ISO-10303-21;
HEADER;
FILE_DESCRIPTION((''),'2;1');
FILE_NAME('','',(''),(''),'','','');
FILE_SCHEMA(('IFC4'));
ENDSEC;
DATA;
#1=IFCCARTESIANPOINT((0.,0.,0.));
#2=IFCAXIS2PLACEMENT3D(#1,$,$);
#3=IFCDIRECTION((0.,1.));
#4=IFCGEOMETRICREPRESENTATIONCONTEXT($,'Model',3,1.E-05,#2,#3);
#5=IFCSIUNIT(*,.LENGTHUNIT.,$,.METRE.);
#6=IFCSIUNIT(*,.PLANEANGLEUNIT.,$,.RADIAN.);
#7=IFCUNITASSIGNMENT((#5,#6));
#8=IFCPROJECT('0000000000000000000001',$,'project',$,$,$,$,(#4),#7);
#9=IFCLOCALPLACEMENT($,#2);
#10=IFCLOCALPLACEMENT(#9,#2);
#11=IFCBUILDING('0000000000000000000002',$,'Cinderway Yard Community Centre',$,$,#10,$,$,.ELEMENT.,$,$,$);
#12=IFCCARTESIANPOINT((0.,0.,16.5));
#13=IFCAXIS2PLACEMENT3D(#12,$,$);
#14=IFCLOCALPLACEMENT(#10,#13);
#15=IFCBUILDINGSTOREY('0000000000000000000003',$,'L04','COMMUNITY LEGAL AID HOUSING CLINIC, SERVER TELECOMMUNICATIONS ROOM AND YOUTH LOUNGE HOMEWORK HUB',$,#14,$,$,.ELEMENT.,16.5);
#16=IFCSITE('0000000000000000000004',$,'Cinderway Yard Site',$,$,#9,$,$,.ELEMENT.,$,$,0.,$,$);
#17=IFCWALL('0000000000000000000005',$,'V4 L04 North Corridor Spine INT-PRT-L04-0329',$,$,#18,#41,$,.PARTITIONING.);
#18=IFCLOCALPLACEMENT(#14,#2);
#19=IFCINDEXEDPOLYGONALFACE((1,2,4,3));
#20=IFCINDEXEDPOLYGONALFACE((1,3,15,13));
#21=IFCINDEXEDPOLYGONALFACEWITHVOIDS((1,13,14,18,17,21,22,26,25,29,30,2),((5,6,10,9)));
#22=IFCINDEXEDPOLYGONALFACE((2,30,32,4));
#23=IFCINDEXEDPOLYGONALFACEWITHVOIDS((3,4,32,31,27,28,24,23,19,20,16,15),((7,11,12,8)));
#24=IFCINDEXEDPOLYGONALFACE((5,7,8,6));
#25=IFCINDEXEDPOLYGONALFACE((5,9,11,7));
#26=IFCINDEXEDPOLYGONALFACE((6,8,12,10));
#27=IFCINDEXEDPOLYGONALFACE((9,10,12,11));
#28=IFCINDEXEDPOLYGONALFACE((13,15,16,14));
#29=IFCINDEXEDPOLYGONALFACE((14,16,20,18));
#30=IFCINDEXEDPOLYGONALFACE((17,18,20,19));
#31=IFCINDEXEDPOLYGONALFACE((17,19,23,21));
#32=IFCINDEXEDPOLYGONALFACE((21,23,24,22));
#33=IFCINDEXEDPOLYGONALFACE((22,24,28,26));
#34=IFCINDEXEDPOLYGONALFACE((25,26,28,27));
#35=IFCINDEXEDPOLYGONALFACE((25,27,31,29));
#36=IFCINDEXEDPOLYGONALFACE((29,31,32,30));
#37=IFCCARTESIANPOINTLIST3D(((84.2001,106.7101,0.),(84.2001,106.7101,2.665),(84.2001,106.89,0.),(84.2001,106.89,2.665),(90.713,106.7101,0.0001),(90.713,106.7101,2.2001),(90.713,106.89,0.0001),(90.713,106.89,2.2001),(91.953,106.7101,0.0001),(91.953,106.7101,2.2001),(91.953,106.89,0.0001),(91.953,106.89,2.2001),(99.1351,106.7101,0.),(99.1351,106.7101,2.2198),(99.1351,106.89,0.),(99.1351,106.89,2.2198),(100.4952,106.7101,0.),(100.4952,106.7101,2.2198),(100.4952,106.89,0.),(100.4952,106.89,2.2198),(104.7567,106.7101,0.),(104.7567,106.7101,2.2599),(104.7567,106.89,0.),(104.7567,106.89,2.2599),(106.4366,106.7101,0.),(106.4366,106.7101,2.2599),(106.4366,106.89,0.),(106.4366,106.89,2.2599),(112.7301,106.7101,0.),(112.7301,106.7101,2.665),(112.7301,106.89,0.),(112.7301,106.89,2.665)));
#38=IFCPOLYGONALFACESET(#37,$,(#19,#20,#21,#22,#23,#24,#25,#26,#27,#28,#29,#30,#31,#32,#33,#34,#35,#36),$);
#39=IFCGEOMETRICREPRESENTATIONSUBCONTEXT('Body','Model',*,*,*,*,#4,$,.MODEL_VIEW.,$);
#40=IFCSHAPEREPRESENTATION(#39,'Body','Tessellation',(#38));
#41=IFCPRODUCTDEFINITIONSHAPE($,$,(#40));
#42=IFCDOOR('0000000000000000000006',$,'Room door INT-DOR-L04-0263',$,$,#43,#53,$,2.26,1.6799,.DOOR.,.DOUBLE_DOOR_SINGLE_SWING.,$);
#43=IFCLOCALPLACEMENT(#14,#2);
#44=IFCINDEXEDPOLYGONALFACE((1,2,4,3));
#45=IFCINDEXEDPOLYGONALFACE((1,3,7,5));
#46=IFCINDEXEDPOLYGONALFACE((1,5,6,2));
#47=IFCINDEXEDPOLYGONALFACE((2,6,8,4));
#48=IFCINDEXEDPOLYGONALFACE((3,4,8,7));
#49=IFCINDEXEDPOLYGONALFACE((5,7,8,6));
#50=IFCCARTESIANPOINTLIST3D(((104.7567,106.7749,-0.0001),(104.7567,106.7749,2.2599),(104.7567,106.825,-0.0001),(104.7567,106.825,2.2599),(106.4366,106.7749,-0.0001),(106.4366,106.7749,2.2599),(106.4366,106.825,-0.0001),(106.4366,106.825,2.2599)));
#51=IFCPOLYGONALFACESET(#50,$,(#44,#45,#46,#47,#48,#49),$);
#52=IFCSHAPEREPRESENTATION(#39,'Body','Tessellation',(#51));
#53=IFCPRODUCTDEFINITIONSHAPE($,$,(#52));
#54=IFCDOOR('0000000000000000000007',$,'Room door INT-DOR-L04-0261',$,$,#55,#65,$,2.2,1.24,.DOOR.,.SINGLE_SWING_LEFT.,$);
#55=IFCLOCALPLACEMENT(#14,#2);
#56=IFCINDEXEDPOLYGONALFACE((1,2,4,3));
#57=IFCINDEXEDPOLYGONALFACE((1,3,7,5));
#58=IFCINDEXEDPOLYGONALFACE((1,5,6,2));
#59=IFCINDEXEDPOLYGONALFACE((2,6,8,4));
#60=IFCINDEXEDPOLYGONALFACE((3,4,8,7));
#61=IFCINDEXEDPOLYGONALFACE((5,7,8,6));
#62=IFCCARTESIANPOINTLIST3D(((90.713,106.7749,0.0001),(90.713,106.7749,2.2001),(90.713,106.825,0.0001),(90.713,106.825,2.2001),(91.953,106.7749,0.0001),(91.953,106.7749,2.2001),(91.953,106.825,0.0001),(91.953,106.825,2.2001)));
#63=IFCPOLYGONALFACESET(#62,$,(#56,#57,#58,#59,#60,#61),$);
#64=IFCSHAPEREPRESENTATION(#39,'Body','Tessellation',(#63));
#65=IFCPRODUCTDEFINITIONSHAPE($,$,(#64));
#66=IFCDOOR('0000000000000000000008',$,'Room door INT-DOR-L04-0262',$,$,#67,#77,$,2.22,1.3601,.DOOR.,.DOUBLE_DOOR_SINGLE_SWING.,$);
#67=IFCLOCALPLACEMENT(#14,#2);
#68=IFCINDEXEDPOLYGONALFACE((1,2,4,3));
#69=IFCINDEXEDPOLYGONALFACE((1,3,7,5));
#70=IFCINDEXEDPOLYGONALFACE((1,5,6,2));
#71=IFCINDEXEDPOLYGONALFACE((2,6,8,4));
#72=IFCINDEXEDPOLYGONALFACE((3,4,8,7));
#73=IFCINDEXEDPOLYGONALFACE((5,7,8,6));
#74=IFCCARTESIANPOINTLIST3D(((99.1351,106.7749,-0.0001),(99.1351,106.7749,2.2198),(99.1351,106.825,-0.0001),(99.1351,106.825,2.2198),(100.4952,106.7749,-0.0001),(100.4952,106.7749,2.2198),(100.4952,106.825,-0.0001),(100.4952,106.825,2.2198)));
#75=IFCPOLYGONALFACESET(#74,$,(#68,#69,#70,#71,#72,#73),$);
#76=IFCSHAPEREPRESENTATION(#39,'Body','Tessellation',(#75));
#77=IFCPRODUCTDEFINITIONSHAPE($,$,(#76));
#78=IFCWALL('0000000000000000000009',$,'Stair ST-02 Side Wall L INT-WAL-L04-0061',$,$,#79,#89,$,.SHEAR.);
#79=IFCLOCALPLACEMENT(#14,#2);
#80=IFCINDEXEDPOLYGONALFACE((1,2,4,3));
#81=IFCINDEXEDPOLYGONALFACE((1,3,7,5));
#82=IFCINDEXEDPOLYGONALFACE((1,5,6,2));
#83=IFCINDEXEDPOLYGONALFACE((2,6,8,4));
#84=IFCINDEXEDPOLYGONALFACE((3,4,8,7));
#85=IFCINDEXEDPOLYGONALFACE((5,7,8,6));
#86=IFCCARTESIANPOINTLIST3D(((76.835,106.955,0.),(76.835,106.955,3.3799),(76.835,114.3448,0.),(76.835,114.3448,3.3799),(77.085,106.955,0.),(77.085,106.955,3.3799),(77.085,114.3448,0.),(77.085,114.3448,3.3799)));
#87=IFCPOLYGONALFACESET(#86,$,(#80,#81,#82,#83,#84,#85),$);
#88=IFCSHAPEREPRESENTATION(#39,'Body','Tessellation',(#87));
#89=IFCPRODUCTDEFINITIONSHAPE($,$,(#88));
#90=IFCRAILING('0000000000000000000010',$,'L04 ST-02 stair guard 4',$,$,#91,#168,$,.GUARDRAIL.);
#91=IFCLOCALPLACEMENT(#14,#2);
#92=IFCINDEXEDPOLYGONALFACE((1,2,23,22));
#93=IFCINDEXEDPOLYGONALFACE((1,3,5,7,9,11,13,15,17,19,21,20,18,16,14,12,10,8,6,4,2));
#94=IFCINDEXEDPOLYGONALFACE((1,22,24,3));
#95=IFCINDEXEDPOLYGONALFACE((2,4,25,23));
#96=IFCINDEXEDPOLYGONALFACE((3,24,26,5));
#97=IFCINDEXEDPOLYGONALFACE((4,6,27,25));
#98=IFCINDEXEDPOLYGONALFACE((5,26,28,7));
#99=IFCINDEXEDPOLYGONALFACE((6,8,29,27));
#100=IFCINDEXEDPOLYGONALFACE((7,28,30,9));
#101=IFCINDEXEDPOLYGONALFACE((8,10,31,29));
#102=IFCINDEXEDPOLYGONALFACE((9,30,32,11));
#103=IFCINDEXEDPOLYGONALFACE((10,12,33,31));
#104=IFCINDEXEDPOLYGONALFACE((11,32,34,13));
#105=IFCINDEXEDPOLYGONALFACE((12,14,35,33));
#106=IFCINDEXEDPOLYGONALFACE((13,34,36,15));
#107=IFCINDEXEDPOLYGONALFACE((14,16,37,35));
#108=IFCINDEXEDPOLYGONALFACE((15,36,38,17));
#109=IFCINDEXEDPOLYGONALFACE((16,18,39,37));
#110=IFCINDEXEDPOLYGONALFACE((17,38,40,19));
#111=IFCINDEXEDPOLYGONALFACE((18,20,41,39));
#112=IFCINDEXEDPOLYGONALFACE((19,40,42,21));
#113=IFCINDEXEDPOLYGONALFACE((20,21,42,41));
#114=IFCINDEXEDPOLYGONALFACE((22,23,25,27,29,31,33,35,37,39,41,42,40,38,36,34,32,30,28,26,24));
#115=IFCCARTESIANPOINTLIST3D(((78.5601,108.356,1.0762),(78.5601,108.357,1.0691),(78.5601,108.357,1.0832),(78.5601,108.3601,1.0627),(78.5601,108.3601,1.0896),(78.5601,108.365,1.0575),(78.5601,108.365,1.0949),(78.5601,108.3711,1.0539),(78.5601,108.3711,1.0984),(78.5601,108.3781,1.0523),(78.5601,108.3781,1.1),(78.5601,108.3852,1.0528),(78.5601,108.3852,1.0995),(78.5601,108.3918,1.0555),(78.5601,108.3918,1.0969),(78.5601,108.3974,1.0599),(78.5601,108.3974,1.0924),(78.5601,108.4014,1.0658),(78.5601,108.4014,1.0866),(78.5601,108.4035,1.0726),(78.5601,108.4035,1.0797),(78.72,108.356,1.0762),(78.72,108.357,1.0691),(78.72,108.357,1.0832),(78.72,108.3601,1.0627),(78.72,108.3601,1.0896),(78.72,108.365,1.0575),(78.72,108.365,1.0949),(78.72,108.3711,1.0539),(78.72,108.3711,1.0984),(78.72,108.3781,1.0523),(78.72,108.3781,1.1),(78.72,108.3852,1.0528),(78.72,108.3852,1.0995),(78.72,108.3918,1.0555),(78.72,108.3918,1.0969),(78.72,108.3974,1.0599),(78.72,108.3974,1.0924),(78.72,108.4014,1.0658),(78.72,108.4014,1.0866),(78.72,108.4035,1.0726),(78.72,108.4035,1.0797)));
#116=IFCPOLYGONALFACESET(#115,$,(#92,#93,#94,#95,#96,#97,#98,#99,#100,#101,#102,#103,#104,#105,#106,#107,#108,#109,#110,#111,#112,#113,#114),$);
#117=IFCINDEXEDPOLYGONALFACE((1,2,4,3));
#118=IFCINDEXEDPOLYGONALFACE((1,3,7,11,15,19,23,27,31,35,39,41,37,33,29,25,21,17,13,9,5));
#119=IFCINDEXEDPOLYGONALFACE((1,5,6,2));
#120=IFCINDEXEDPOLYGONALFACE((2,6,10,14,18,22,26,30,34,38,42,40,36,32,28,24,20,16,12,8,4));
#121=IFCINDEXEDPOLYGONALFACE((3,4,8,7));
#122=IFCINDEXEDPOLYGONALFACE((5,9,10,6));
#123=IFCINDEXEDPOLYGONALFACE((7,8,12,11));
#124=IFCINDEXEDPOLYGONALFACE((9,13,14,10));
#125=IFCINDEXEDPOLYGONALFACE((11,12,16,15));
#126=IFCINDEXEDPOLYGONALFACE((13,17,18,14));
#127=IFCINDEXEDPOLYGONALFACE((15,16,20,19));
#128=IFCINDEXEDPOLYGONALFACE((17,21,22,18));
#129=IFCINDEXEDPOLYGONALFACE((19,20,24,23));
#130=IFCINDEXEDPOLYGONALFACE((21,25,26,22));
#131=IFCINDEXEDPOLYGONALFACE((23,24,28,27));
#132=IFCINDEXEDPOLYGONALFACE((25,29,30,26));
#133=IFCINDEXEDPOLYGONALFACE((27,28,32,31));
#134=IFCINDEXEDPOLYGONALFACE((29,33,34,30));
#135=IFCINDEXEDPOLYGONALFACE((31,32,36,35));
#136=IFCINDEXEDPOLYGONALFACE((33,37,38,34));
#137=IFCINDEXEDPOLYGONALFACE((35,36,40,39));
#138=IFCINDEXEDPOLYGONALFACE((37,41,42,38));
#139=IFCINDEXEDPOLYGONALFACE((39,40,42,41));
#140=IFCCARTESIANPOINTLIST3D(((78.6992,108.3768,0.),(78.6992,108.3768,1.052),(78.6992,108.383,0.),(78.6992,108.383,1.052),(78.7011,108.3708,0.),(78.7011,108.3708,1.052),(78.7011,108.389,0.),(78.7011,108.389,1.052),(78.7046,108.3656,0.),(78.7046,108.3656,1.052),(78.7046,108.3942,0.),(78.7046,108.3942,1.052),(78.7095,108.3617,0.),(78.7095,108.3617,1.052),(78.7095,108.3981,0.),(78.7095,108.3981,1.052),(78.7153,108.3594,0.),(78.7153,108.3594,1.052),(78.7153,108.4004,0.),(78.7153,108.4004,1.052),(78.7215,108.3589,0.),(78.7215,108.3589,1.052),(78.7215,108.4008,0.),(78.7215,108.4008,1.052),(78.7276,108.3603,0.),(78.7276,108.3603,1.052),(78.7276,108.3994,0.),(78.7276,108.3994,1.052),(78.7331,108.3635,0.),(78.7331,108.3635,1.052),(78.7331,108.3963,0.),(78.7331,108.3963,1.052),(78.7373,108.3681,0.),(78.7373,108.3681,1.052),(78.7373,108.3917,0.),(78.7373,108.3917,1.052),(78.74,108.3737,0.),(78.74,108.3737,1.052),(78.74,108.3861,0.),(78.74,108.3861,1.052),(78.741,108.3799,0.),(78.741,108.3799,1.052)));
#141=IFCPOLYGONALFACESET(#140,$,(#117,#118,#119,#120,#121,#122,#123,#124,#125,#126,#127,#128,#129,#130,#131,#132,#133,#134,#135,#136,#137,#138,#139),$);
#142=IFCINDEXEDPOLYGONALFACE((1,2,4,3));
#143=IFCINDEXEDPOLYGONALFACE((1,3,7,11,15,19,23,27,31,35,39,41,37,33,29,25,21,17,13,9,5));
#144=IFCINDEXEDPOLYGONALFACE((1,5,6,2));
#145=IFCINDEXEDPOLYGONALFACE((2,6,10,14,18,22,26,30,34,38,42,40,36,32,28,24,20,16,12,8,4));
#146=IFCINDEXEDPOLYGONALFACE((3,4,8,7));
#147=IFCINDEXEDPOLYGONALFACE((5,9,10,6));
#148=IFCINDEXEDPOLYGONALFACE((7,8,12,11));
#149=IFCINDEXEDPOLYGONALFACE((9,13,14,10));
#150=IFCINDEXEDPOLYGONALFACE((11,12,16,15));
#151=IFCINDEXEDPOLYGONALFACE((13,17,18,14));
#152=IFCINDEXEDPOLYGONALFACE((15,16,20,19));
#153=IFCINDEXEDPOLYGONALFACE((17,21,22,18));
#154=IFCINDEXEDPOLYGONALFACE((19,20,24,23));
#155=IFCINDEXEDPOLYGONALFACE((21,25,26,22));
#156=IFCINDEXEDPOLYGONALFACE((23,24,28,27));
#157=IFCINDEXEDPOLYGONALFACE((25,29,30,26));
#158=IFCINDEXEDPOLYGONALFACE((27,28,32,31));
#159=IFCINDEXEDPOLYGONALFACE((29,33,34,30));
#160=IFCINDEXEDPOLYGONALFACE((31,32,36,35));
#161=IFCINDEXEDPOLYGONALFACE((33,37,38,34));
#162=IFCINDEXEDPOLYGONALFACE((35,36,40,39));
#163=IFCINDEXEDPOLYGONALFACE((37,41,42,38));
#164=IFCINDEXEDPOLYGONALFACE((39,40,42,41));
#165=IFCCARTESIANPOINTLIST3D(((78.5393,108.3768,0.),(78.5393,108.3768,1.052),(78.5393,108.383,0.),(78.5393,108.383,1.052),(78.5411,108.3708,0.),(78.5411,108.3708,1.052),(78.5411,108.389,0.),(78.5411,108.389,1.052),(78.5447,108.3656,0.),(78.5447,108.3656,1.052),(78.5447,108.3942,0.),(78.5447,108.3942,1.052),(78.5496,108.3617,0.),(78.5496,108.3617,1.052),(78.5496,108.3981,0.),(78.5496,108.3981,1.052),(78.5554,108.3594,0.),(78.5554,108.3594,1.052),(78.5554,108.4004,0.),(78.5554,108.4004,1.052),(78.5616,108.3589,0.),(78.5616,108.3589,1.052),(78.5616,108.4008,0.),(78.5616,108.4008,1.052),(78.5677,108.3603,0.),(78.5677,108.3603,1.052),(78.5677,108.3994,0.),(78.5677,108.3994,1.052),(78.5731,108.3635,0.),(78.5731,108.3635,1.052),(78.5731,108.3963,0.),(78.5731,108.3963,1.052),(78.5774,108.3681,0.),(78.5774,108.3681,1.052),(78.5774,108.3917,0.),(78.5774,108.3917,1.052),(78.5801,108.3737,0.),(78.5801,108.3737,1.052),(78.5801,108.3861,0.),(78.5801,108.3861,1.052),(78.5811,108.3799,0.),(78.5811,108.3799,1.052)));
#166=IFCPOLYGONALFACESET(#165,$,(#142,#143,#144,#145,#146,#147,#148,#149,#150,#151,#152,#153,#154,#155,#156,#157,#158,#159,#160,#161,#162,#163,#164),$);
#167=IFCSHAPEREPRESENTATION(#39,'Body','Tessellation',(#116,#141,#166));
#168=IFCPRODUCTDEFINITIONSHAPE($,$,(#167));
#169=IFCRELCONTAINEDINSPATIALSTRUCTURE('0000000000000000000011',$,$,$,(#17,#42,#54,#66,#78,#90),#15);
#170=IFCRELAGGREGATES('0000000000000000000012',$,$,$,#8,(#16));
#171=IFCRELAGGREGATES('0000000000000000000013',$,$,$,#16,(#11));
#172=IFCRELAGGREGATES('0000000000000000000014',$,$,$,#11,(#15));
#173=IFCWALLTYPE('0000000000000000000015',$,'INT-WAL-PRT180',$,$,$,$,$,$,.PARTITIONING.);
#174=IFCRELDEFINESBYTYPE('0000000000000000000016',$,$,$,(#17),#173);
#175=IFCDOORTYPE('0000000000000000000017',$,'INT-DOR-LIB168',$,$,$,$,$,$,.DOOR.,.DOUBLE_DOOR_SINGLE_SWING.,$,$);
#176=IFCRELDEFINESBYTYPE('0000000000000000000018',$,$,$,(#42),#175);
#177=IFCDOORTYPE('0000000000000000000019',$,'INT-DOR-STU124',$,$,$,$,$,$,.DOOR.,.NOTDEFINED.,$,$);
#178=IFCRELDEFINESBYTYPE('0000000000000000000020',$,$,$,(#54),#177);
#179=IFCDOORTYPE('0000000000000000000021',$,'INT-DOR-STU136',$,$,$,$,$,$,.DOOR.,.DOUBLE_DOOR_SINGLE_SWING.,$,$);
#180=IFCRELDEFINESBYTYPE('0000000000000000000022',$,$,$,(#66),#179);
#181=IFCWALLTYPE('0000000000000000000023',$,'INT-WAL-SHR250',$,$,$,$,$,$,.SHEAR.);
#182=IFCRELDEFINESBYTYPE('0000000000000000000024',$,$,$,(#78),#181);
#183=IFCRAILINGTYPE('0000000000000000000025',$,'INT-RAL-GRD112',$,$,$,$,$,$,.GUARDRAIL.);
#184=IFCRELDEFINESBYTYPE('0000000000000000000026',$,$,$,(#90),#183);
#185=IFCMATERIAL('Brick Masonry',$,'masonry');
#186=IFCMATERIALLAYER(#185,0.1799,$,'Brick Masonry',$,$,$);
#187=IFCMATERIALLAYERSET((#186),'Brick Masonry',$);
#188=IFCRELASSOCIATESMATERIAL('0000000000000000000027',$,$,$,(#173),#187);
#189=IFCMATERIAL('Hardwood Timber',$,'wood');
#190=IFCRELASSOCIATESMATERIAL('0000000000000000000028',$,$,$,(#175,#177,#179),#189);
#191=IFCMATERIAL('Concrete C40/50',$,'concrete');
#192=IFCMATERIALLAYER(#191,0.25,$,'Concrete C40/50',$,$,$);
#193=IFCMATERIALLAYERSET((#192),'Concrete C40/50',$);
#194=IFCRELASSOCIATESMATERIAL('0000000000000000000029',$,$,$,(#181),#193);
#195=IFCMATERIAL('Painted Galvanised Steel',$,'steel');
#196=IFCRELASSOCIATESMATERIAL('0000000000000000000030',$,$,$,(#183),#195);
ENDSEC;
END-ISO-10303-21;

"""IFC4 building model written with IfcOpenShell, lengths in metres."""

from ifc_helpers import new_model, si_unit, direction, frame, frame_2d, origin, origin_2d, place, context, subcontext, project, spatial, rectangle, circle, extrude, material, layer, layer_set, type_object, element, fill, save


model = new_model("IFC4")

# Units and contexts
model_context = context("Model", 3, precision=1e-05, world=origin(), true_north=direction((0.0, 1.0)))
body_context = subcontext(model_context, "Body", "Model", "MODEL_VIEW")
ifc_project = project(units=[si_unit("LENGTHUNIT", "METRE"), si_unit("PLANEANGLEUNIT", "RADIAN")], contexts=[model_context])

# Site, building, storey
site_placement = place(None, origin())
site = spatial("IfcSite", under=ifc_project, at=site_placement, Name="Cinderway Yard Site", CompositionType="ELEMENT", RefElevation=0.0)
building_placement = place(site_placement, origin())
building = spatial("IfcBuilding", under=site, at=building_placement, Name="Cinderway Yard Community Centre", CompositionType="ELEMENT")
storey_placement = place(building_placement, frame((0.0, 0.0, 16.5)))
storey = spatial("IfcBuildingStorey", under=building, at=storey_placement, Name="L04", Description="COMMUNITY LEGAL AID HOUSING CLINIC, SERVER TELECOMMUNICATIONS ROOM AND YOUTH LOUNGE HOMEWORK HUB", CompositionType="ELEMENT", Elevation=16.5)

# Shared definitions
ifc_material_1 = material(Name="Concrete C40/50", Category="concrete")

# Shared definitions
ifc_material_2 = material(Name="Hardwood Timber", Category="wood")

# Wall, openings, doors
ifc_material_3 = material(Name="Brick Masonry", Category="masonry")
ifc_layer_1 = layer(ifc_material_3, 0.1799, Name="Brick Masonry")
ifc_layer_set_1 = layer_set([ifc_layer_1], Name="Brick Masonry")
wall_type_1 = type_object("IfcWallType", Name="INT-WAL-PRT180", PredefinedType="PARTITIONING", material=ifc_layer_set_1)
wall_1_placement = place(storey_placement, frame((84.2, 106.8, 0.0), z_axis=(0.0, 0.0, 1.0), x_axis=(1.0, 0.0, 0.0)))
wall_1 = element("IfcWall", 1, at=wall_1_placement, inside=storey, type_object=wall_type_1, Name="V4 L04 North Corridor Spine INT-PRT-L04-0329", PredefinedType="PARTITIONING", context=body_context, shape_type="SweptSolid", body=[
    extrude(rectangle(XDim=28.53, YDim=0.1799, at=frame_2d((14.2651, 0.0))), origin(), (0.0, 0.0, 1.0), 2.665),
])
opening_1_placement = place(wall_1_placement, frame((6.5129, 0.0, 0.0)))
opening_1 = element("IfcOpeningElement", 2, at=opening_1_placement, cuts=wall_1, PredefinedType="OPENING", context=body_context, shape_type="SweptSolid", body=[
    extrude(rectangle(XDim=1.24, YDim=2.2, at=frame_2d((0.6201, 1.1001))), frame((0.0, 0.0999, 0.0), z_axis=(0.0, -1.0, 0.0), x_axis=(1.0, 0.0, 0.0)), (0.0, 0.0, 1.0), 0.2),
])
opening_2_placement = place(wall_1_placement, frame((14.9351, 0.0, 0.0)))
opening_2 = element("IfcOpeningElement", 3, at=opening_2_placement, cuts=wall_1, PredefinedType="OPENING", context=body_context, shape_type="SweptSolid", body=[
    extrude(rectangle(XDim=1.3601, YDim=2.22, at=frame_2d((0.6802, 1.1099))), frame((0.0, 0.0999, 0.0), z_axis=(0.0, -1.0, 0.0), x_axis=(1.0, 0.0, 0.0)), (0.0, 0.0, 1.0), 0.2),
])
opening_3_placement = place(wall_1_placement, frame((20.5569, 0.0, 0.0)))
opening_3 = element("IfcOpeningElement", 4, at=opening_3_placement, cuts=wall_1, PredefinedType="OPENING", context=body_context, shape_type="SweptSolid", body=[
    extrude(rectangle(XDim=1.6799, YDim=2.26, at=frame_2d((0.8398, 1.1299))), frame((0.0, 0.0999, 0.0), z_axis=(0.0, -1.0, 0.0), x_axis=(1.0, 0.0, 0.0)), (0.0, 0.0, 1.0), 0.2),
])
door_type_1 = type_object("IfcDoorType", Name="INT-DOR-LIB168", OperationType="DOUBLE_DOOR_SINGLE_SWING", PredefinedType="DOOR", material=ifc_material_2)
door_1_placement = place(opening_3_placement, origin())
door_1 = element("IfcDoor", 5, at=door_1_placement, inside=storey, type_object=door_type_1, Name="Room door INT-DOR-L04-0263", OperationType="DOUBLE_DOOR_SINGLE_SWING", OverallHeight=2.26, OverallWidth=1.6799, PredefinedType="DOOR", context=body_context, shape_type="SweptSolid", body=[
    extrude(rectangle(XDim=1.6799, YDim=2.26, at=frame_2d((0.8398, 1.1299))), frame((0.0, 0.0249, 0.0), z_axis=(0.0, -1.0, 0.0), x_axis=(1.0, 0.0, 0.0)), (0.0, 0.0, 1.0), 0.05),
])
fill(opening_3, door_1)
door_type_2 = type_object("IfcDoorType", Name="INT-DOR-STU124", OperationType="NOTDEFINED", PredefinedType="DOOR", material=ifc_material_2)
door_2_placement = place(opening_1_placement, origin())
door_2 = element("IfcDoor", 6, at=door_2_placement, inside=storey, type_object=door_type_2, Name="Room door INT-DOR-L04-0261", OperationType="SINGLE_SWING_LEFT", OverallHeight=2.2, OverallWidth=1.24, PredefinedType="DOOR", context=body_context, shape_type="SweptSolid", body=[
    extrude(rectangle(XDim=1.24, YDim=2.2, at=frame_2d((0.6201, 1.1001))), frame((0.0, 0.0249, 0.0), z_axis=(0.0, -1.0, 0.0), x_axis=(1.0, 0.0, 0.0)), (0.0, 0.0, 1.0), 0.05),
])
fill(opening_1, door_2)
door_type_3 = type_object("IfcDoorType", Name="INT-DOR-STU136", OperationType="DOUBLE_DOOR_SINGLE_SWING", PredefinedType="DOOR", material=ifc_material_2)
door_3_placement = place(opening_2_placement, origin())
door_3 = element("IfcDoor", 7, at=door_3_placement, inside=storey, type_object=door_type_3, Name="Room door INT-DOR-L04-0262", OperationType="DOUBLE_DOOR_SINGLE_SWING", OverallHeight=2.22, OverallWidth=1.3601, PredefinedType="DOOR", context=body_context, shape_type="SweptSolid", body=[
    extrude(rectangle(XDim=1.3601, YDim=2.22, at=frame_2d((0.6802, 1.1099))), frame((0.0, 0.0249, 0.0), z_axis=(0.0, -1.0, 0.0), x_axis=(1.0, 0.0, 0.0)), (0.0, 0.0, 1.0), 0.05),
])
fill(opening_2, door_3)

# Shared definitions
ifc_layer_2 = layer(ifc_material_1, 0.25, Name="Concrete C40/50")
ifc_layer_set_2 = layer_set([ifc_layer_2], Name="Concrete C40/50")
wall_type_2 = type_object("IfcWallType", Name="INT-WAL-SHR250", PredefinedType="SHEAR", material=ifc_layer_set_2)
ifc_material_4 = material(Name="Painted Galvanised Steel", Category="steel")

# Wall
wall_2_placement = place(storey_placement, frame((76.96, 106.9551, 0.0), z_axis=(0.0, 0.0, 1.0), x_axis=(0.0, 1.0, 0.0)))
element("IfcWall", 8, at=wall_2_placement, inside=storey, type_object=wall_type_2, Name="Stair ST-02 Side Wall L INT-WAL-L04-0061", PredefinedType="SHEAR", context=body_context, shape_type="SweptSolid", body=[
    extrude(rectangle(XDim=7.3899, YDim=0.25, at=frame_2d((3.6948, 0.0))), origin(), (0.0, 0.0, 1.0), 3.3799),
])

# Railing
railing_type = type_object("IfcRailingType", Name="INT-RAL-GRD112", PredefinedType="GUARDRAIL", material=ifc_material_4)
railing_placement = place(storey_placement, frame((78.72, 108.3799, 0.0)))
element("IfcRailing", 9, at=railing_placement, inside=storey, type_object=railing_type, Name="L04 ST-02 stair guard 4", PredefinedType="GUARDRAIL", context=body_context, shape_type="SweptSolid", body=[
    extrude(circle(Radius=0.0239, at=origin_2d()), frame((0.0, 0.0, 1.0762), z_axis=(-1.0, 0.0, 0.0), x_axis=(0.0, -1.0, 0.0)), (0.0, 0.0, 1.0), 0.1599),
    extrude(circle(Radius=0.021, at=origin_2d()), origin(), (0.0, 0.0, 1.0), 1.052),
    extrude(circle(Radius=0.021, at=origin_2d()), frame((-0.1599, 0.0, 0.0)), (0.0, 0.0, 1.0), 1.052),
])

save(model, "model.ifc")
